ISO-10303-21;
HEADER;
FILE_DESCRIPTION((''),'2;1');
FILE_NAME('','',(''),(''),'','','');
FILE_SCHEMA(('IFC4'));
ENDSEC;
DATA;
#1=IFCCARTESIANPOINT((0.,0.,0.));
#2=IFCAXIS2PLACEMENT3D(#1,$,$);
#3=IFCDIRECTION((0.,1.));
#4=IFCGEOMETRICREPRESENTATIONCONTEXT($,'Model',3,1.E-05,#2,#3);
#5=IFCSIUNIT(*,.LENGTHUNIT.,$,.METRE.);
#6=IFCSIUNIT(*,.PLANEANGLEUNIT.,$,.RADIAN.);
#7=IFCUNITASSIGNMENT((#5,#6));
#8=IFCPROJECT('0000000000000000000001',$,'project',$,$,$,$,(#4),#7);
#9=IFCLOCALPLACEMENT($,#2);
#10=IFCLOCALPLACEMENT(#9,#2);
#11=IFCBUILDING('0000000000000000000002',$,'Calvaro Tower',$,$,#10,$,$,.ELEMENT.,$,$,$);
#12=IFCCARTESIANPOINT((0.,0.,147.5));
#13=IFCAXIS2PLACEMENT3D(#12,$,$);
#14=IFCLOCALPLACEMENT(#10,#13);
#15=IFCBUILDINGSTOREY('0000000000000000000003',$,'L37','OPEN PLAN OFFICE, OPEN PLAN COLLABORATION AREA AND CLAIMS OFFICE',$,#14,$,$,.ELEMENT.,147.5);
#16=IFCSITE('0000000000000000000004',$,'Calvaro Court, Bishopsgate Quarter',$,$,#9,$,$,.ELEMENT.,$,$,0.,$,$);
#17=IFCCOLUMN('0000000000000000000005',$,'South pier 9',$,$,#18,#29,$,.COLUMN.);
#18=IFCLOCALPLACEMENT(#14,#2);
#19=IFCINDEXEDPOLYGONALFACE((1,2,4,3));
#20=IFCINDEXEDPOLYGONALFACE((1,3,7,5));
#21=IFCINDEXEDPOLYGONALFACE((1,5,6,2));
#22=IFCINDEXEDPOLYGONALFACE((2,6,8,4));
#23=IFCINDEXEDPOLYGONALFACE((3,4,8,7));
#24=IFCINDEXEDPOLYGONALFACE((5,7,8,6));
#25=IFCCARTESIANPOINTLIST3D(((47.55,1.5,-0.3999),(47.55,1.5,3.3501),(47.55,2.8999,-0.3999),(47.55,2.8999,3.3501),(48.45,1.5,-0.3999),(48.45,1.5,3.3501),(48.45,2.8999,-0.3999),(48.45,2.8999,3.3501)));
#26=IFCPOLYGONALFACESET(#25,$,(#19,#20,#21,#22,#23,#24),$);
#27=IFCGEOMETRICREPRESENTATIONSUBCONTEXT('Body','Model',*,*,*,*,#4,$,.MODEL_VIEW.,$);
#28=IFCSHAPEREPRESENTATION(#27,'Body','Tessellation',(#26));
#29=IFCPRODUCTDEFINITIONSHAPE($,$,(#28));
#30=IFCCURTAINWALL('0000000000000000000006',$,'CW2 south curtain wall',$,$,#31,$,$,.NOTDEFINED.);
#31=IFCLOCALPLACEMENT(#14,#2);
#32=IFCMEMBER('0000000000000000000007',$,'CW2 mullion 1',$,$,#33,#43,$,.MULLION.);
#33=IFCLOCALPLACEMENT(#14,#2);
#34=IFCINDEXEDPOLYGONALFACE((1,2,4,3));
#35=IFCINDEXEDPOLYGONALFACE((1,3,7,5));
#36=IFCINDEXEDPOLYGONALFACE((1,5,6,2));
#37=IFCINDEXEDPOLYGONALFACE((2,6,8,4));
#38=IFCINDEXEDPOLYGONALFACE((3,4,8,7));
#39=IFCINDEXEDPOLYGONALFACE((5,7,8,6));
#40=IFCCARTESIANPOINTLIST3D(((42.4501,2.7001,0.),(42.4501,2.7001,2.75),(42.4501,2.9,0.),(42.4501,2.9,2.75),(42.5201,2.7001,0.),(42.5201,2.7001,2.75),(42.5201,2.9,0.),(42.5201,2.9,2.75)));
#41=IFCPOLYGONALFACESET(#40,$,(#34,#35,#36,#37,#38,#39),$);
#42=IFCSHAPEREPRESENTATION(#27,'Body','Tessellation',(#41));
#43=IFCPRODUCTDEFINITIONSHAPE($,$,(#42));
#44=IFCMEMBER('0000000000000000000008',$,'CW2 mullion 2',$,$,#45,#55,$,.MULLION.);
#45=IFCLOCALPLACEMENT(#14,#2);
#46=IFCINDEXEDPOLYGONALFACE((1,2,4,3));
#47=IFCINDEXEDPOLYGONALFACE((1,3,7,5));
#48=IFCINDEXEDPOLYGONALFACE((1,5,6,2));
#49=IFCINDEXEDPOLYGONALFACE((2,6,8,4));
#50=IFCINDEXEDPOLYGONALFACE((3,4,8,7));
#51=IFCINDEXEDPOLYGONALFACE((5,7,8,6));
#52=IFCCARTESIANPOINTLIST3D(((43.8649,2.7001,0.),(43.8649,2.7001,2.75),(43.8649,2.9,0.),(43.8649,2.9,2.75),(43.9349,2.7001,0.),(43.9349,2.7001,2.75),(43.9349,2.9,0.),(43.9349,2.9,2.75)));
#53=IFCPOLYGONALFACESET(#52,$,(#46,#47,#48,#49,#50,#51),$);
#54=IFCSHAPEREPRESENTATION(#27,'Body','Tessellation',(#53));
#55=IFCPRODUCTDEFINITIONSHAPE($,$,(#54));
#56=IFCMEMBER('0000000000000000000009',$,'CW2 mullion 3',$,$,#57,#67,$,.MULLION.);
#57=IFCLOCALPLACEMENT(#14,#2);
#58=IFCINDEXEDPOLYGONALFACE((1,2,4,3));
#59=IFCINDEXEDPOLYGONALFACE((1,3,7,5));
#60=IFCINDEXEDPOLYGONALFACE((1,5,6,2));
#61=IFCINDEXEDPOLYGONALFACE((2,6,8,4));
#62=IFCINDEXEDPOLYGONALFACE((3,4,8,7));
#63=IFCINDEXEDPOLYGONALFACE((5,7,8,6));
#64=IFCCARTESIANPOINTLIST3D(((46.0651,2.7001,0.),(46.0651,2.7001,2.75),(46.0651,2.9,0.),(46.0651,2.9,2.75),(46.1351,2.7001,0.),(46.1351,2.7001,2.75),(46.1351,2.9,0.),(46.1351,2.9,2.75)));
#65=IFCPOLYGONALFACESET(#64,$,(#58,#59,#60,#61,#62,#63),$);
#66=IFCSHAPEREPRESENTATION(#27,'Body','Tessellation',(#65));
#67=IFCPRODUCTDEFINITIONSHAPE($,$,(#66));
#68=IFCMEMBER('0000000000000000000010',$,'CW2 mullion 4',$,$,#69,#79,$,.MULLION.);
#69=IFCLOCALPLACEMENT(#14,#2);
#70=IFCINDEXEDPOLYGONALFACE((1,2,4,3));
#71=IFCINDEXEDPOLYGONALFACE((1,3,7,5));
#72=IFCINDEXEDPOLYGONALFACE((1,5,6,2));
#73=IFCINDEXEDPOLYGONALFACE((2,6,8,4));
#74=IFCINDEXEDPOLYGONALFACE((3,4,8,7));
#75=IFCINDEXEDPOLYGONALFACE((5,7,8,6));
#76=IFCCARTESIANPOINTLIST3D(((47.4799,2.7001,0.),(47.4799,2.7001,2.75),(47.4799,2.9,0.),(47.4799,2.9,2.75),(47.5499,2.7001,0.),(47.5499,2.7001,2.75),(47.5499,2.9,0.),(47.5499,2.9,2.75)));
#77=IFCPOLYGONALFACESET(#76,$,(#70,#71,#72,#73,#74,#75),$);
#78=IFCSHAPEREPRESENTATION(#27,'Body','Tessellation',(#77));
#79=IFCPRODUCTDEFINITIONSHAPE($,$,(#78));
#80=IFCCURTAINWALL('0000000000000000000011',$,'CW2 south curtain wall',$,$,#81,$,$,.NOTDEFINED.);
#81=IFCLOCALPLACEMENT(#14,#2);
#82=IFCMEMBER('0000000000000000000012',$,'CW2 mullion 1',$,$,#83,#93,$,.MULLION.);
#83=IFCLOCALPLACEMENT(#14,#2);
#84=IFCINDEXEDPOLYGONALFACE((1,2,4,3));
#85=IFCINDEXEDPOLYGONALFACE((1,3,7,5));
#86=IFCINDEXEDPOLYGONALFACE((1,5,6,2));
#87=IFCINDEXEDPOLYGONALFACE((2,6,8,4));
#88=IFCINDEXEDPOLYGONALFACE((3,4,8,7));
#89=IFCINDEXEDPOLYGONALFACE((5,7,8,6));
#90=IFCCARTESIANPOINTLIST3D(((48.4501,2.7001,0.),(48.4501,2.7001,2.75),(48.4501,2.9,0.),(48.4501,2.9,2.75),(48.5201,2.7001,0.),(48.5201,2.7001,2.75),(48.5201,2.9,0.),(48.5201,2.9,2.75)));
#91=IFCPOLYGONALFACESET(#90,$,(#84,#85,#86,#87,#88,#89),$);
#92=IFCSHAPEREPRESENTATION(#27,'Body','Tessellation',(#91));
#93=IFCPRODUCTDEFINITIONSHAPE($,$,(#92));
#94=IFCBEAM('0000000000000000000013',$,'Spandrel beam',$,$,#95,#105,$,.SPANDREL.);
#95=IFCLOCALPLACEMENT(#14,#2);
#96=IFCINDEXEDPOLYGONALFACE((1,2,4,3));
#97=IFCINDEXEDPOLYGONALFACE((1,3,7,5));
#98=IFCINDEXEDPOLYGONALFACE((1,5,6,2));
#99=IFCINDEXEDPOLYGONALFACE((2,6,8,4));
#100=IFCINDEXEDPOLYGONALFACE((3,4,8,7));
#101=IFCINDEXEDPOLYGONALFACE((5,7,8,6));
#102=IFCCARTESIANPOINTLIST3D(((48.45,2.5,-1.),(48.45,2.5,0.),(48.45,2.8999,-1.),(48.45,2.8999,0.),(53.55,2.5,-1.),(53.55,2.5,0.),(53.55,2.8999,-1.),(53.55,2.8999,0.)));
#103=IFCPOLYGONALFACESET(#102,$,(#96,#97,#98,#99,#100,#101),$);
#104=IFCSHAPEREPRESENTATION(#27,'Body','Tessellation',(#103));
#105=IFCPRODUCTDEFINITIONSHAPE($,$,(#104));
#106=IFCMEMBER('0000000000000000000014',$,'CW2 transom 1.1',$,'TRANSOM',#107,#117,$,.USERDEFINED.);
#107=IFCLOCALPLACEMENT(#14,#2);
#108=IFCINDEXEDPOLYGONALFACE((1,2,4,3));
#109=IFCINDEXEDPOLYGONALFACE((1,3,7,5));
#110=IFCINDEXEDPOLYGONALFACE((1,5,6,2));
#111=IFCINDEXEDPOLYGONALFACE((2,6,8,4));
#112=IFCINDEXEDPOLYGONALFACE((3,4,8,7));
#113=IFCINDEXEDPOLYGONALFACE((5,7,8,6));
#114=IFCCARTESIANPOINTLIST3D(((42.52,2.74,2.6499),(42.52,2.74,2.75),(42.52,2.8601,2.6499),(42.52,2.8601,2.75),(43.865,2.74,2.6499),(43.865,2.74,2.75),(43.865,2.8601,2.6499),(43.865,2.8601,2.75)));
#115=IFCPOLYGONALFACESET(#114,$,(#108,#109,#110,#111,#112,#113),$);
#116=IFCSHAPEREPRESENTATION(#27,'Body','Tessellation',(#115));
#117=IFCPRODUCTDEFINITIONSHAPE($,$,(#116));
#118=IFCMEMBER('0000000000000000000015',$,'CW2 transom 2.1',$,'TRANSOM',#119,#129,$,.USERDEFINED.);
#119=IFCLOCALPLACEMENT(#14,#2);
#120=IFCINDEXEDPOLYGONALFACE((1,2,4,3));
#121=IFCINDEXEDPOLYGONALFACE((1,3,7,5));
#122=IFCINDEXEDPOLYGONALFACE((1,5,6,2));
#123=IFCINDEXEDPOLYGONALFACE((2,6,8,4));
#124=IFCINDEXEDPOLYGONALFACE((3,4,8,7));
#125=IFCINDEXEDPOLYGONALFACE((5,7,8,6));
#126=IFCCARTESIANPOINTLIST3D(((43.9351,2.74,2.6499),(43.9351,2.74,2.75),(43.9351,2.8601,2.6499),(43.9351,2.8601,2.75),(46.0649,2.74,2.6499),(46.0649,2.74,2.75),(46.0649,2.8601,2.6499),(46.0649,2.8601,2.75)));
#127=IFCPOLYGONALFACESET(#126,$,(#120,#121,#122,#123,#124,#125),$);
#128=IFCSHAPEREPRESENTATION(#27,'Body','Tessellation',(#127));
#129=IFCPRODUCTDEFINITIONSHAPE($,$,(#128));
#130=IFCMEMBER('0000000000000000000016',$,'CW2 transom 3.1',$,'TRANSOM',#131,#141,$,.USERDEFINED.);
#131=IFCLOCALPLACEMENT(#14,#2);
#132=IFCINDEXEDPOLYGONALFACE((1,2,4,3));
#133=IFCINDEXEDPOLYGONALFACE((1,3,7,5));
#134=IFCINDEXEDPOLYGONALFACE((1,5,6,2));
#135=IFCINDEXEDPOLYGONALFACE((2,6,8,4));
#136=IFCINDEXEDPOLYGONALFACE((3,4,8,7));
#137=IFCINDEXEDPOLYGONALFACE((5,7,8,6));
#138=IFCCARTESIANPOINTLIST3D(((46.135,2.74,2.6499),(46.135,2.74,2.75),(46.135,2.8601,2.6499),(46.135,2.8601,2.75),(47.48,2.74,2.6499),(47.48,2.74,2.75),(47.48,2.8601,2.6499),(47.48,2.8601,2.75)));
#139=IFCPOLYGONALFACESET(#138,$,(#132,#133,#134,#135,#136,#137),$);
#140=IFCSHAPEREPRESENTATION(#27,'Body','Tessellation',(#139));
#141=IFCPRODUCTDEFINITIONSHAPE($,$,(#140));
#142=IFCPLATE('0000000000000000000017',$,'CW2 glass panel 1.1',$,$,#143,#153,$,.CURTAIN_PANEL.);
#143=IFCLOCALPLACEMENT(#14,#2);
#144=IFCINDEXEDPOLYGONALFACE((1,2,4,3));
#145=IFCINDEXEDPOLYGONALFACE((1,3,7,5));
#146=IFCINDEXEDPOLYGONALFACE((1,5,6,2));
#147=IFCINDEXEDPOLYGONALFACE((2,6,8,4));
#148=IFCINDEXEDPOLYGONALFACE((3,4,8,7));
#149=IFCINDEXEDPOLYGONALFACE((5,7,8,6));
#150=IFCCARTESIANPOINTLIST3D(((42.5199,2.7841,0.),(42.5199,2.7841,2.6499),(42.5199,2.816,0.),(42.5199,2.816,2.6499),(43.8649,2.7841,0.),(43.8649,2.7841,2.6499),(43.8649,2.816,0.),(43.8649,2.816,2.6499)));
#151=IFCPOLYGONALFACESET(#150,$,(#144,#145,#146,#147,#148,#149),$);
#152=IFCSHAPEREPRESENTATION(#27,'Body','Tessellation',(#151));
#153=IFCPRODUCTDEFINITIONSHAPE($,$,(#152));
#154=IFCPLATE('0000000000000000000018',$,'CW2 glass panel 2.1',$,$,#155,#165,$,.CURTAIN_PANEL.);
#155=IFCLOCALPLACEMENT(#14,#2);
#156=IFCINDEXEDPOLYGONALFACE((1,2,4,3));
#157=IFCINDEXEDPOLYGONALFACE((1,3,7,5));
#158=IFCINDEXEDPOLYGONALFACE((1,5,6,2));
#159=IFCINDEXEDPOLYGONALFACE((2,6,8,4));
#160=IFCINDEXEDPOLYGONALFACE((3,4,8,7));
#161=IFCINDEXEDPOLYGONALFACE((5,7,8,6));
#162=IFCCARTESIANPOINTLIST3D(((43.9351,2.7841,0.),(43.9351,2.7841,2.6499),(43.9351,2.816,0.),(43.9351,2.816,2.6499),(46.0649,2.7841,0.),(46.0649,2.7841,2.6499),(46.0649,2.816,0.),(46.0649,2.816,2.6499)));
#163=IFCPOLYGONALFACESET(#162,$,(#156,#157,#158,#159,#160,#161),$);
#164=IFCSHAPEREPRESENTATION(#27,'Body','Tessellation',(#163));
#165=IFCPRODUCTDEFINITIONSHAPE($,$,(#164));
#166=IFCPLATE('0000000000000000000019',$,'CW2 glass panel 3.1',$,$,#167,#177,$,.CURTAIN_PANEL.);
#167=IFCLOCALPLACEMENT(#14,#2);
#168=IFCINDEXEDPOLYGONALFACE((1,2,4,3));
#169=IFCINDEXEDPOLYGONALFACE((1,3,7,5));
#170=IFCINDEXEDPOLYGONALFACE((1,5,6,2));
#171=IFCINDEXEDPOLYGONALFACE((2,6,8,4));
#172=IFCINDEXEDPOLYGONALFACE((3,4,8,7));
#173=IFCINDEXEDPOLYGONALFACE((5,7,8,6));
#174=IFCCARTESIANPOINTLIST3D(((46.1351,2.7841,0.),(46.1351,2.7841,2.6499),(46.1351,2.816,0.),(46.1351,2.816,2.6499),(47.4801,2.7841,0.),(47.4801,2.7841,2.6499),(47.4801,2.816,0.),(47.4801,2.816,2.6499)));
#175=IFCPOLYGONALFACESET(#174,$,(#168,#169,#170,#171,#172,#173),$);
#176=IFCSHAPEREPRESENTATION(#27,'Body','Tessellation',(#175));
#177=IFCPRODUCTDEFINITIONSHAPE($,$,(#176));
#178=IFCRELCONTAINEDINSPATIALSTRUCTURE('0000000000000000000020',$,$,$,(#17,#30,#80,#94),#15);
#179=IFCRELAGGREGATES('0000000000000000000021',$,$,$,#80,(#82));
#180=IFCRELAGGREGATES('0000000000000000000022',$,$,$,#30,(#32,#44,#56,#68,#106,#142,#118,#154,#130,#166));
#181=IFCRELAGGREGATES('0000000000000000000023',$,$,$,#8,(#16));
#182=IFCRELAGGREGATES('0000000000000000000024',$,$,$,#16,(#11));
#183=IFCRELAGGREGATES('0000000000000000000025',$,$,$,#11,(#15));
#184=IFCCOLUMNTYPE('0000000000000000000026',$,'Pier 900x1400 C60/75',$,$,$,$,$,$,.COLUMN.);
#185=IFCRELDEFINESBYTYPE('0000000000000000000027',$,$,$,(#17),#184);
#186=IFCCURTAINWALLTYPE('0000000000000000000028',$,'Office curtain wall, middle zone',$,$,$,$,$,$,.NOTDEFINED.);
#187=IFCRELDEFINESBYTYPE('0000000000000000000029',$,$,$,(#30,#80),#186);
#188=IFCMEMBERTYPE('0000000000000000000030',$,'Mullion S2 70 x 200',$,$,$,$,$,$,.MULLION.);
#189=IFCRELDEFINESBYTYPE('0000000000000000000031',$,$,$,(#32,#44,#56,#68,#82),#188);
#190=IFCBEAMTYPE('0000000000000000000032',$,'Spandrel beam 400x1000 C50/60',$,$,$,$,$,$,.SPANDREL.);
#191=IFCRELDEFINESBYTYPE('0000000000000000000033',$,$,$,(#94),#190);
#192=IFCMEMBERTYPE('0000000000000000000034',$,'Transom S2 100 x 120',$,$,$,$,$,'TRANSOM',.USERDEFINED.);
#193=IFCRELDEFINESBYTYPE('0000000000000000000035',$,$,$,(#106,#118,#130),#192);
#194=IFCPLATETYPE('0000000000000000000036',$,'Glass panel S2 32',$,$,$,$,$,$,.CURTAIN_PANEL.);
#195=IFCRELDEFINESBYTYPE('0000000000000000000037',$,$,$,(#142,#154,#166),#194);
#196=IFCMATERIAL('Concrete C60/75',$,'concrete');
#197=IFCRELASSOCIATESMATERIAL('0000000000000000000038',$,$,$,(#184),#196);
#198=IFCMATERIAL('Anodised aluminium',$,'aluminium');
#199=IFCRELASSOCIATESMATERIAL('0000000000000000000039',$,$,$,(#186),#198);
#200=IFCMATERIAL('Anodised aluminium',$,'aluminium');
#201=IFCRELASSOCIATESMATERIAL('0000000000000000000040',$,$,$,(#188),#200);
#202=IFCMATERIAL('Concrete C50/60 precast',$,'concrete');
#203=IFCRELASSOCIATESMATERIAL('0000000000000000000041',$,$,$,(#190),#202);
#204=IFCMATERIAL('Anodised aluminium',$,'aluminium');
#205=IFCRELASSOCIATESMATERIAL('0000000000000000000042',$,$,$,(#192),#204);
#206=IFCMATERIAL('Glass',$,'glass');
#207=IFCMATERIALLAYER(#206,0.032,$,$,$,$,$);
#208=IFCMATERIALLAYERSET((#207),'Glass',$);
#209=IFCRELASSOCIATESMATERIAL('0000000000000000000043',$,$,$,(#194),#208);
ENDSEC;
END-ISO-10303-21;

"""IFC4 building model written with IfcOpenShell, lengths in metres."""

from ifc_helpers import new_model, si_unit, direction, frame, origin, origin_2d, place, context, subcontext, project, spatial, rectangle, extrude, material, layer, layer_set, material_profile, profile_set, type_object, element, aggregate, save


model = new_model("IFC4")

# Units and contexts
model_context = context("Model", 3, precision=1e-05, world=origin(), true_north=direction((0.0, 1.0)))
body_context = subcontext(model_context, "Body", "Model", "MODEL_VIEW")
ifc_project = project(units=[si_unit("LENGTHUNIT", "METRE"), si_unit("PLANEANGLEUNIT", "RADIAN")], contexts=[model_context])

# Site, building, storey
site_placement = place(None, origin())
site = spatial("IfcSite", under=ifc_project, at=site_placement, Name="Calvaro Court, Bishopsgate Quarter", CompositionType="ELEMENT", RefElevation=0.0)
building_placement = place(site_placement, origin())
building = spatial("IfcBuilding", under=site, at=building_placement, Name="Calvaro Tower", CompositionType="ELEMENT")
storey_placement = place(building_placement, frame((0.0, 0.0, 147.5)))
storey = spatial("IfcBuildingStorey", under=building, at=storey_placement, Name="L37", Description="OPEN PLAN OFFICE, OPEN PLAN COLLABORATION AREA AND CLAIMS OFFICE", CompositionType="ELEMENT", Elevation=147.5)

# Column
ifc_material_1 = material(Name="Concrete C60/75", Category="concrete")
ifc_material_profile_1 = material_profile(ifc_material_1, rectangle(XDim=0.8999, YDim=1.3999, at=origin_2d()), Name="RC 900x1400")
ifc_profile_set_1 = profile_set([ifc_material_profile_1], Name="Concrete C60/75")
column_type = type_object("IfcColumnType", Name="Pier 900x1400 C60/75", PredefinedType="COLUMN", material=ifc_profile_set_1)
column_placement = place(storey_placement, frame((48.0, 2.2, -0.3999), z_axis=(0.0, 0.0, 1.0), x_axis=(1.0, 0.0, 0.0)))
element("IfcColumn", 1, at=column_placement, inside=storey, type_object=column_type, Name="South pier 9", PredefinedType="COLUMN", context=body_context, shape_type="SweptSolid", body=[
    extrude(rectangle(XDim=0.8999, YDim=1.3999, at=origin_2d()), origin(), (0.0, 0.0, 1.0), 3.75),
])

# Curtain wall, members
ifc_material_2 = material(Name="Anodised aluminium", Category="aluminium")
curtain_wall_type = type_object("IfcCurtainWallType", Name="Office curtain wall, middle zone", PredefinedType="NOTDEFINED", material=ifc_material_2)
curtain_wall_1_placement = place(storey_placement, origin())
curtain_wall_1 = element("IfcCurtainWall", 2, at=curtain_wall_1_placement, inside=storey, type_object=curtain_wall_type, Name="CW2 south curtain wall", PredefinedType="NOTDEFINED")
ifc_material_3 = material(Name="Anodised aluminium", Category="aluminium")
ifc_material_profile_2 = material_profile(ifc_material_3, rectangle(XDim=0.2, YDim=0.0701, at=origin_2d()), Name="Mullion S2 70 x 200")
ifc_profile_set_2 = profile_set([ifc_material_profile_2], Name="Anodised aluminium")
member_type_1 = type_object("IfcMemberType", Name="Mullion S2 70 x 200", PredefinedType="MULLION", material=ifc_profile_set_2)
member_1_placement = place(storey_placement, frame((42.4851, 2.8, 0.0), z_axis=(0.0, 0.0, 1.0), x_axis=(0.0, 1.0, 0.0)))
member_1 = element("IfcMember", 3, at=member_1_placement, type_object=member_type_1, Name="CW2 mullion 1", PredefinedType="MULLION", context=body_context, shape_type="SweptSolid", body=[
    extrude(rectangle(XDim=0.2, YDim=0.0701, at=origin_2d()), origin(), (0.0, 0.0, 1.0), 2.75),
])
member_2_placement = place(storey_placement, frame((43.8999, 2.8, 0.0), z_axis=(0.0, 0.0, 1.0), x_axis=(0.0, 1.0, 0.0)))
member_2 = element("IfcMember", 4, at=member_2_placement, type_object=member_type_1, Name="CW2 mullion 2", PredefinedType="MULLION", context=body_context, shape_type="SweptSolid", body=[
    extrude(rectangle(XDim=0.2, YDim=0.0701, at=origin_2d()), origin(), (0.0, 0.0, 1.0), 2.75),
])
member_3_placement = place(storey_placement, frame((46.1001, 2.8, 0.0), z_axis=(0.0, 0.0, 1.0), x_axis=(0.0, 1.0, 0.0)))
member_3 = element("IfcMember", 5, at=member_3_placement, type_object=member_type_1, Name="CW2 mullion 3", PredefinedType="MULLION", context=body_context, shape_type="SweptSolid", body=[
    extrude(rectangle(XDim=0.2, YDim=0.0701, at=origin_2d()), origin(), (0.0, 0.0, 1.0), 2.75),
])
member_4_placement = place(storey_placement, frame((47.5149, 2.8, 0.0), z_axis=(0.0, 0.0, 1.0), x_axis=(0.0, 1.0, 0.0)))
member_4 = element("IfcMember", 6, at=member_4_placement, type_object=member_type_1, Name="CW2 mullion 4", PredefinedType="MULLION", context=body_context, shape_type="SweptSolid", body=[
    extrude(rectangle(XDim=0.2, YDim=0.0701, at=origin_2d()), origin(), (0.0, 0.0, 1.0), 2.75),
])

# Curtain wall, member
curtain_wall_2_placement = place(storey_placement, origin())
curtain_wall_2 = element("IfcCurtainWall", 7, at=curtain_wall_2_placement, inside=storey, type_object=curtain_wall_type, Name="CW2 south curtain wall", PredefinedType="NOTDEFINED")
member_5_placement = place(storey_placement, frame((48.4851, 2.8, 0.0), z_axis=(0.0, 0.0, 1.0), x_axis=(0.0, 1.0, 0.0)))
member_5 = element("IfcMember", 8, at=member_5_placement, type_object=member_type_1, Name="CW2 mullion 1", PredefinedType="MULLION", context=body_context, shape_type="SweptSolid", body=[
    extrude(rectangle(XDim=0.2, YDim=0.0701, at=origin_2d()), origin(), (0.0, 0.0, 1.0), 2.75),
])
aggregate(curtain_wall_2, [member_5])

# Beam
ifc_material_4 = material(Name="Concrete C50/60 precast", Category="concrete")
ifc_material_profile_3 = material_profile(ifc_material_4, rectangle(XDim=0.3999, YDim=1.0, at=origin_2d()), Name="RC 400x1000")
ifc_profile_set_3 = profile_set([ifc_material_profile_3], Name="Concrete C50/60 precast")
beam_type = type_object("IfcBeamType", Name="Spandrel beam 400x1000 C50/60", PredefinedType="SPANDREL", material=ifc_profile_set_3)
beam_placement = place(storey_placement, frame((48.45, 2.7, -0.5), z_axis=(1.0, 0.0, 0.0), x_axis=(0.0, 1.0, 0.0)))
element("IfcBeam", 9, at=beam_placement, inside=storey, type_object=beam_type, Name="Spandrel beam", PredefinedType="SPANDREL", context=body_context, shape_type="SweptSolid", body=[
    extrude(rectangle(XDim=0.3999, YDim=1.0, at=origin_2d()), origin(), (0.0, 0.0, 1.0), 5.1001),
])

# Members
ifc_material_5 = material(Name="Anodised aluminium", Category="aluminium")
ifc_material_profile_4 = material_profile(ifc_material_5, rectangle(XDim=0.1201, YDim=0.1001, at=origin_2d()), Name="Transom S2 100 x 120")
ifc_profile_set_4 = profile_set([ifc_material_profile_4], Name="Anodised aluminium")
member_type_2 = type_object("IfcMemberType", Name="Transom S2 100 x 120", ElementType="TRANSOM", PredefinedType="USERDEFINED", material=ifc_profile_set_4)
member_6_placement = place(storey_placement, frame((42.52, 2.8, 2.7), z_axis=(1.0, 0.0, 0.0), x_axis=(0.0, 1.0, 0.0)))
member_6 = element("IfcMember", 10, at=member_6_placement, type_object=member_type_2, Name="CW2 transom 1.1", ObjectType="TRANSOM", PredefinedType="USERDEFINED", context=body_context, shape_type="SweptSolid", body=[
    extrude(rectangle(XDim=0.1201, YDim=0.1001, at=origin_2d()), origin(), (0.0, 0.0, 1.0), 1.345),
])
member_7_placement = place(storey_placement, frame((43.9351, 2.8, 2.7), z_axis=(1.0, 0.0, 0.0), x_axis=(0.0, 1.0, 0.0)))
member_7 = element("IfcMember", 11, at=member_7_placement, type_object=member_type_2, Name="CW2 transom 2.1", ObjectType="TRANSOM", PredefinedType="USERDEFINED", context=body_context, shape_type="SweptSolid", body=[
    extrude(rectangle(XDim=0.1201, YDim=0.1001, at=origin_2d()), origin(), (0.0, 0.0, 1.0), 2.1299),
])
member_8_placement = place(storey_placement, frame((46.135, 2.8, 2.7), z_axis=(1.0, 0.0, 0.0), x_axis=(0.0, 1.0, 0.0)))
member_8 = element("IfcMember", 12, at=member_8_placement, type_object=member_type_2, Name="CW2 transom 3.1", ObjectType="TRANSOM", PredefinedType="USERDEFINED", context=body_context, shape_type="SweptSolid", body=[
    extrude(rectangle(XDim=0.1201, YDim=0.1001, at=origin_2d()), origin(), (0.0, 0.0, 1.0), 1.345),
])

# Plates
ifc_material_6 = material(Name="Glass", Category="glass")
ifc_layer_1 = layer(ifc_material_6, 0.032)
ifc_layer_set_1 = layer_set([ifc_layer_1], Name="Glass")
plate_type = type_object("IfcPlateType", Name="Glass panel S2 32", PredefinedType="CURTAIN_PANEL", material=ifc_layer_set_1)
plate_1_placement = place(storey_placement, frame((43.1924, 2.8, 0.0), z_axis=(0.0, 0.0, 1.0), x_axis=(1.0, 0.0, 0.0)))
plate_1 = element("IfcPlate", 13, at=plate_1_placement, type_object=plate_type, Name="CW2 glass panel 1.1", PredefinedType="CURTAIN_PANEL", context=body_context, shape_type="SweptSolid", body=[
    extrude(rectangle(XDim=1.345, YDim=0.032, at=origin_2d()), origin(), (0.0, 0.0, 1.0), 2.6499),
])
plate_2_placement = place(storey_placement, frame((45.0, 2.8, 0.0), z_axis=(0.0, 0.0, 1.0), x_axis=(1.0, 0.0, 0.0)))
plate_2 = element("IfcPlate", 14, at=plate_2_placement, type_object=plate_type, Name="CW2 glass panel 2.1", PredefinedType="CURTAIN_PANEL", context=body_context, shape_type="SweptSolid", body=[
    extrude(rectangle(XDim=2.1299, YDim=0.032, at=origin_2d()), origin(), (0.0, 0.0, 1.0), 2.6499),
])
plate_3_placement = place(storey_placement, frame((46.8076, 2.8, 0.0), z_axis=(0.0, 0.0, 1.0), x_axis=(1.0, 0.0, 0.0)))
plate_3 = element("IfcPlate", 15, at=plate_3_placement, type_object=plate_type, Name="CW2 glass panel 3.1", PredefinedType="CURTAIN_PANEL", context=body_context, shape_type="SweptSolid", body=[
    extrude(rectangle(XDim=1.345, YDim=0.032, at=origin_2d()), origin(), (0.0, 0.0, 1.0), 2.6499),
])
aggregate(curtain_wall_1, [member_1, member_2, member_3, member_4, member_6, plate_1, member_7, plate_2, member_8, plate_3])

save(model, "model.ifc")
